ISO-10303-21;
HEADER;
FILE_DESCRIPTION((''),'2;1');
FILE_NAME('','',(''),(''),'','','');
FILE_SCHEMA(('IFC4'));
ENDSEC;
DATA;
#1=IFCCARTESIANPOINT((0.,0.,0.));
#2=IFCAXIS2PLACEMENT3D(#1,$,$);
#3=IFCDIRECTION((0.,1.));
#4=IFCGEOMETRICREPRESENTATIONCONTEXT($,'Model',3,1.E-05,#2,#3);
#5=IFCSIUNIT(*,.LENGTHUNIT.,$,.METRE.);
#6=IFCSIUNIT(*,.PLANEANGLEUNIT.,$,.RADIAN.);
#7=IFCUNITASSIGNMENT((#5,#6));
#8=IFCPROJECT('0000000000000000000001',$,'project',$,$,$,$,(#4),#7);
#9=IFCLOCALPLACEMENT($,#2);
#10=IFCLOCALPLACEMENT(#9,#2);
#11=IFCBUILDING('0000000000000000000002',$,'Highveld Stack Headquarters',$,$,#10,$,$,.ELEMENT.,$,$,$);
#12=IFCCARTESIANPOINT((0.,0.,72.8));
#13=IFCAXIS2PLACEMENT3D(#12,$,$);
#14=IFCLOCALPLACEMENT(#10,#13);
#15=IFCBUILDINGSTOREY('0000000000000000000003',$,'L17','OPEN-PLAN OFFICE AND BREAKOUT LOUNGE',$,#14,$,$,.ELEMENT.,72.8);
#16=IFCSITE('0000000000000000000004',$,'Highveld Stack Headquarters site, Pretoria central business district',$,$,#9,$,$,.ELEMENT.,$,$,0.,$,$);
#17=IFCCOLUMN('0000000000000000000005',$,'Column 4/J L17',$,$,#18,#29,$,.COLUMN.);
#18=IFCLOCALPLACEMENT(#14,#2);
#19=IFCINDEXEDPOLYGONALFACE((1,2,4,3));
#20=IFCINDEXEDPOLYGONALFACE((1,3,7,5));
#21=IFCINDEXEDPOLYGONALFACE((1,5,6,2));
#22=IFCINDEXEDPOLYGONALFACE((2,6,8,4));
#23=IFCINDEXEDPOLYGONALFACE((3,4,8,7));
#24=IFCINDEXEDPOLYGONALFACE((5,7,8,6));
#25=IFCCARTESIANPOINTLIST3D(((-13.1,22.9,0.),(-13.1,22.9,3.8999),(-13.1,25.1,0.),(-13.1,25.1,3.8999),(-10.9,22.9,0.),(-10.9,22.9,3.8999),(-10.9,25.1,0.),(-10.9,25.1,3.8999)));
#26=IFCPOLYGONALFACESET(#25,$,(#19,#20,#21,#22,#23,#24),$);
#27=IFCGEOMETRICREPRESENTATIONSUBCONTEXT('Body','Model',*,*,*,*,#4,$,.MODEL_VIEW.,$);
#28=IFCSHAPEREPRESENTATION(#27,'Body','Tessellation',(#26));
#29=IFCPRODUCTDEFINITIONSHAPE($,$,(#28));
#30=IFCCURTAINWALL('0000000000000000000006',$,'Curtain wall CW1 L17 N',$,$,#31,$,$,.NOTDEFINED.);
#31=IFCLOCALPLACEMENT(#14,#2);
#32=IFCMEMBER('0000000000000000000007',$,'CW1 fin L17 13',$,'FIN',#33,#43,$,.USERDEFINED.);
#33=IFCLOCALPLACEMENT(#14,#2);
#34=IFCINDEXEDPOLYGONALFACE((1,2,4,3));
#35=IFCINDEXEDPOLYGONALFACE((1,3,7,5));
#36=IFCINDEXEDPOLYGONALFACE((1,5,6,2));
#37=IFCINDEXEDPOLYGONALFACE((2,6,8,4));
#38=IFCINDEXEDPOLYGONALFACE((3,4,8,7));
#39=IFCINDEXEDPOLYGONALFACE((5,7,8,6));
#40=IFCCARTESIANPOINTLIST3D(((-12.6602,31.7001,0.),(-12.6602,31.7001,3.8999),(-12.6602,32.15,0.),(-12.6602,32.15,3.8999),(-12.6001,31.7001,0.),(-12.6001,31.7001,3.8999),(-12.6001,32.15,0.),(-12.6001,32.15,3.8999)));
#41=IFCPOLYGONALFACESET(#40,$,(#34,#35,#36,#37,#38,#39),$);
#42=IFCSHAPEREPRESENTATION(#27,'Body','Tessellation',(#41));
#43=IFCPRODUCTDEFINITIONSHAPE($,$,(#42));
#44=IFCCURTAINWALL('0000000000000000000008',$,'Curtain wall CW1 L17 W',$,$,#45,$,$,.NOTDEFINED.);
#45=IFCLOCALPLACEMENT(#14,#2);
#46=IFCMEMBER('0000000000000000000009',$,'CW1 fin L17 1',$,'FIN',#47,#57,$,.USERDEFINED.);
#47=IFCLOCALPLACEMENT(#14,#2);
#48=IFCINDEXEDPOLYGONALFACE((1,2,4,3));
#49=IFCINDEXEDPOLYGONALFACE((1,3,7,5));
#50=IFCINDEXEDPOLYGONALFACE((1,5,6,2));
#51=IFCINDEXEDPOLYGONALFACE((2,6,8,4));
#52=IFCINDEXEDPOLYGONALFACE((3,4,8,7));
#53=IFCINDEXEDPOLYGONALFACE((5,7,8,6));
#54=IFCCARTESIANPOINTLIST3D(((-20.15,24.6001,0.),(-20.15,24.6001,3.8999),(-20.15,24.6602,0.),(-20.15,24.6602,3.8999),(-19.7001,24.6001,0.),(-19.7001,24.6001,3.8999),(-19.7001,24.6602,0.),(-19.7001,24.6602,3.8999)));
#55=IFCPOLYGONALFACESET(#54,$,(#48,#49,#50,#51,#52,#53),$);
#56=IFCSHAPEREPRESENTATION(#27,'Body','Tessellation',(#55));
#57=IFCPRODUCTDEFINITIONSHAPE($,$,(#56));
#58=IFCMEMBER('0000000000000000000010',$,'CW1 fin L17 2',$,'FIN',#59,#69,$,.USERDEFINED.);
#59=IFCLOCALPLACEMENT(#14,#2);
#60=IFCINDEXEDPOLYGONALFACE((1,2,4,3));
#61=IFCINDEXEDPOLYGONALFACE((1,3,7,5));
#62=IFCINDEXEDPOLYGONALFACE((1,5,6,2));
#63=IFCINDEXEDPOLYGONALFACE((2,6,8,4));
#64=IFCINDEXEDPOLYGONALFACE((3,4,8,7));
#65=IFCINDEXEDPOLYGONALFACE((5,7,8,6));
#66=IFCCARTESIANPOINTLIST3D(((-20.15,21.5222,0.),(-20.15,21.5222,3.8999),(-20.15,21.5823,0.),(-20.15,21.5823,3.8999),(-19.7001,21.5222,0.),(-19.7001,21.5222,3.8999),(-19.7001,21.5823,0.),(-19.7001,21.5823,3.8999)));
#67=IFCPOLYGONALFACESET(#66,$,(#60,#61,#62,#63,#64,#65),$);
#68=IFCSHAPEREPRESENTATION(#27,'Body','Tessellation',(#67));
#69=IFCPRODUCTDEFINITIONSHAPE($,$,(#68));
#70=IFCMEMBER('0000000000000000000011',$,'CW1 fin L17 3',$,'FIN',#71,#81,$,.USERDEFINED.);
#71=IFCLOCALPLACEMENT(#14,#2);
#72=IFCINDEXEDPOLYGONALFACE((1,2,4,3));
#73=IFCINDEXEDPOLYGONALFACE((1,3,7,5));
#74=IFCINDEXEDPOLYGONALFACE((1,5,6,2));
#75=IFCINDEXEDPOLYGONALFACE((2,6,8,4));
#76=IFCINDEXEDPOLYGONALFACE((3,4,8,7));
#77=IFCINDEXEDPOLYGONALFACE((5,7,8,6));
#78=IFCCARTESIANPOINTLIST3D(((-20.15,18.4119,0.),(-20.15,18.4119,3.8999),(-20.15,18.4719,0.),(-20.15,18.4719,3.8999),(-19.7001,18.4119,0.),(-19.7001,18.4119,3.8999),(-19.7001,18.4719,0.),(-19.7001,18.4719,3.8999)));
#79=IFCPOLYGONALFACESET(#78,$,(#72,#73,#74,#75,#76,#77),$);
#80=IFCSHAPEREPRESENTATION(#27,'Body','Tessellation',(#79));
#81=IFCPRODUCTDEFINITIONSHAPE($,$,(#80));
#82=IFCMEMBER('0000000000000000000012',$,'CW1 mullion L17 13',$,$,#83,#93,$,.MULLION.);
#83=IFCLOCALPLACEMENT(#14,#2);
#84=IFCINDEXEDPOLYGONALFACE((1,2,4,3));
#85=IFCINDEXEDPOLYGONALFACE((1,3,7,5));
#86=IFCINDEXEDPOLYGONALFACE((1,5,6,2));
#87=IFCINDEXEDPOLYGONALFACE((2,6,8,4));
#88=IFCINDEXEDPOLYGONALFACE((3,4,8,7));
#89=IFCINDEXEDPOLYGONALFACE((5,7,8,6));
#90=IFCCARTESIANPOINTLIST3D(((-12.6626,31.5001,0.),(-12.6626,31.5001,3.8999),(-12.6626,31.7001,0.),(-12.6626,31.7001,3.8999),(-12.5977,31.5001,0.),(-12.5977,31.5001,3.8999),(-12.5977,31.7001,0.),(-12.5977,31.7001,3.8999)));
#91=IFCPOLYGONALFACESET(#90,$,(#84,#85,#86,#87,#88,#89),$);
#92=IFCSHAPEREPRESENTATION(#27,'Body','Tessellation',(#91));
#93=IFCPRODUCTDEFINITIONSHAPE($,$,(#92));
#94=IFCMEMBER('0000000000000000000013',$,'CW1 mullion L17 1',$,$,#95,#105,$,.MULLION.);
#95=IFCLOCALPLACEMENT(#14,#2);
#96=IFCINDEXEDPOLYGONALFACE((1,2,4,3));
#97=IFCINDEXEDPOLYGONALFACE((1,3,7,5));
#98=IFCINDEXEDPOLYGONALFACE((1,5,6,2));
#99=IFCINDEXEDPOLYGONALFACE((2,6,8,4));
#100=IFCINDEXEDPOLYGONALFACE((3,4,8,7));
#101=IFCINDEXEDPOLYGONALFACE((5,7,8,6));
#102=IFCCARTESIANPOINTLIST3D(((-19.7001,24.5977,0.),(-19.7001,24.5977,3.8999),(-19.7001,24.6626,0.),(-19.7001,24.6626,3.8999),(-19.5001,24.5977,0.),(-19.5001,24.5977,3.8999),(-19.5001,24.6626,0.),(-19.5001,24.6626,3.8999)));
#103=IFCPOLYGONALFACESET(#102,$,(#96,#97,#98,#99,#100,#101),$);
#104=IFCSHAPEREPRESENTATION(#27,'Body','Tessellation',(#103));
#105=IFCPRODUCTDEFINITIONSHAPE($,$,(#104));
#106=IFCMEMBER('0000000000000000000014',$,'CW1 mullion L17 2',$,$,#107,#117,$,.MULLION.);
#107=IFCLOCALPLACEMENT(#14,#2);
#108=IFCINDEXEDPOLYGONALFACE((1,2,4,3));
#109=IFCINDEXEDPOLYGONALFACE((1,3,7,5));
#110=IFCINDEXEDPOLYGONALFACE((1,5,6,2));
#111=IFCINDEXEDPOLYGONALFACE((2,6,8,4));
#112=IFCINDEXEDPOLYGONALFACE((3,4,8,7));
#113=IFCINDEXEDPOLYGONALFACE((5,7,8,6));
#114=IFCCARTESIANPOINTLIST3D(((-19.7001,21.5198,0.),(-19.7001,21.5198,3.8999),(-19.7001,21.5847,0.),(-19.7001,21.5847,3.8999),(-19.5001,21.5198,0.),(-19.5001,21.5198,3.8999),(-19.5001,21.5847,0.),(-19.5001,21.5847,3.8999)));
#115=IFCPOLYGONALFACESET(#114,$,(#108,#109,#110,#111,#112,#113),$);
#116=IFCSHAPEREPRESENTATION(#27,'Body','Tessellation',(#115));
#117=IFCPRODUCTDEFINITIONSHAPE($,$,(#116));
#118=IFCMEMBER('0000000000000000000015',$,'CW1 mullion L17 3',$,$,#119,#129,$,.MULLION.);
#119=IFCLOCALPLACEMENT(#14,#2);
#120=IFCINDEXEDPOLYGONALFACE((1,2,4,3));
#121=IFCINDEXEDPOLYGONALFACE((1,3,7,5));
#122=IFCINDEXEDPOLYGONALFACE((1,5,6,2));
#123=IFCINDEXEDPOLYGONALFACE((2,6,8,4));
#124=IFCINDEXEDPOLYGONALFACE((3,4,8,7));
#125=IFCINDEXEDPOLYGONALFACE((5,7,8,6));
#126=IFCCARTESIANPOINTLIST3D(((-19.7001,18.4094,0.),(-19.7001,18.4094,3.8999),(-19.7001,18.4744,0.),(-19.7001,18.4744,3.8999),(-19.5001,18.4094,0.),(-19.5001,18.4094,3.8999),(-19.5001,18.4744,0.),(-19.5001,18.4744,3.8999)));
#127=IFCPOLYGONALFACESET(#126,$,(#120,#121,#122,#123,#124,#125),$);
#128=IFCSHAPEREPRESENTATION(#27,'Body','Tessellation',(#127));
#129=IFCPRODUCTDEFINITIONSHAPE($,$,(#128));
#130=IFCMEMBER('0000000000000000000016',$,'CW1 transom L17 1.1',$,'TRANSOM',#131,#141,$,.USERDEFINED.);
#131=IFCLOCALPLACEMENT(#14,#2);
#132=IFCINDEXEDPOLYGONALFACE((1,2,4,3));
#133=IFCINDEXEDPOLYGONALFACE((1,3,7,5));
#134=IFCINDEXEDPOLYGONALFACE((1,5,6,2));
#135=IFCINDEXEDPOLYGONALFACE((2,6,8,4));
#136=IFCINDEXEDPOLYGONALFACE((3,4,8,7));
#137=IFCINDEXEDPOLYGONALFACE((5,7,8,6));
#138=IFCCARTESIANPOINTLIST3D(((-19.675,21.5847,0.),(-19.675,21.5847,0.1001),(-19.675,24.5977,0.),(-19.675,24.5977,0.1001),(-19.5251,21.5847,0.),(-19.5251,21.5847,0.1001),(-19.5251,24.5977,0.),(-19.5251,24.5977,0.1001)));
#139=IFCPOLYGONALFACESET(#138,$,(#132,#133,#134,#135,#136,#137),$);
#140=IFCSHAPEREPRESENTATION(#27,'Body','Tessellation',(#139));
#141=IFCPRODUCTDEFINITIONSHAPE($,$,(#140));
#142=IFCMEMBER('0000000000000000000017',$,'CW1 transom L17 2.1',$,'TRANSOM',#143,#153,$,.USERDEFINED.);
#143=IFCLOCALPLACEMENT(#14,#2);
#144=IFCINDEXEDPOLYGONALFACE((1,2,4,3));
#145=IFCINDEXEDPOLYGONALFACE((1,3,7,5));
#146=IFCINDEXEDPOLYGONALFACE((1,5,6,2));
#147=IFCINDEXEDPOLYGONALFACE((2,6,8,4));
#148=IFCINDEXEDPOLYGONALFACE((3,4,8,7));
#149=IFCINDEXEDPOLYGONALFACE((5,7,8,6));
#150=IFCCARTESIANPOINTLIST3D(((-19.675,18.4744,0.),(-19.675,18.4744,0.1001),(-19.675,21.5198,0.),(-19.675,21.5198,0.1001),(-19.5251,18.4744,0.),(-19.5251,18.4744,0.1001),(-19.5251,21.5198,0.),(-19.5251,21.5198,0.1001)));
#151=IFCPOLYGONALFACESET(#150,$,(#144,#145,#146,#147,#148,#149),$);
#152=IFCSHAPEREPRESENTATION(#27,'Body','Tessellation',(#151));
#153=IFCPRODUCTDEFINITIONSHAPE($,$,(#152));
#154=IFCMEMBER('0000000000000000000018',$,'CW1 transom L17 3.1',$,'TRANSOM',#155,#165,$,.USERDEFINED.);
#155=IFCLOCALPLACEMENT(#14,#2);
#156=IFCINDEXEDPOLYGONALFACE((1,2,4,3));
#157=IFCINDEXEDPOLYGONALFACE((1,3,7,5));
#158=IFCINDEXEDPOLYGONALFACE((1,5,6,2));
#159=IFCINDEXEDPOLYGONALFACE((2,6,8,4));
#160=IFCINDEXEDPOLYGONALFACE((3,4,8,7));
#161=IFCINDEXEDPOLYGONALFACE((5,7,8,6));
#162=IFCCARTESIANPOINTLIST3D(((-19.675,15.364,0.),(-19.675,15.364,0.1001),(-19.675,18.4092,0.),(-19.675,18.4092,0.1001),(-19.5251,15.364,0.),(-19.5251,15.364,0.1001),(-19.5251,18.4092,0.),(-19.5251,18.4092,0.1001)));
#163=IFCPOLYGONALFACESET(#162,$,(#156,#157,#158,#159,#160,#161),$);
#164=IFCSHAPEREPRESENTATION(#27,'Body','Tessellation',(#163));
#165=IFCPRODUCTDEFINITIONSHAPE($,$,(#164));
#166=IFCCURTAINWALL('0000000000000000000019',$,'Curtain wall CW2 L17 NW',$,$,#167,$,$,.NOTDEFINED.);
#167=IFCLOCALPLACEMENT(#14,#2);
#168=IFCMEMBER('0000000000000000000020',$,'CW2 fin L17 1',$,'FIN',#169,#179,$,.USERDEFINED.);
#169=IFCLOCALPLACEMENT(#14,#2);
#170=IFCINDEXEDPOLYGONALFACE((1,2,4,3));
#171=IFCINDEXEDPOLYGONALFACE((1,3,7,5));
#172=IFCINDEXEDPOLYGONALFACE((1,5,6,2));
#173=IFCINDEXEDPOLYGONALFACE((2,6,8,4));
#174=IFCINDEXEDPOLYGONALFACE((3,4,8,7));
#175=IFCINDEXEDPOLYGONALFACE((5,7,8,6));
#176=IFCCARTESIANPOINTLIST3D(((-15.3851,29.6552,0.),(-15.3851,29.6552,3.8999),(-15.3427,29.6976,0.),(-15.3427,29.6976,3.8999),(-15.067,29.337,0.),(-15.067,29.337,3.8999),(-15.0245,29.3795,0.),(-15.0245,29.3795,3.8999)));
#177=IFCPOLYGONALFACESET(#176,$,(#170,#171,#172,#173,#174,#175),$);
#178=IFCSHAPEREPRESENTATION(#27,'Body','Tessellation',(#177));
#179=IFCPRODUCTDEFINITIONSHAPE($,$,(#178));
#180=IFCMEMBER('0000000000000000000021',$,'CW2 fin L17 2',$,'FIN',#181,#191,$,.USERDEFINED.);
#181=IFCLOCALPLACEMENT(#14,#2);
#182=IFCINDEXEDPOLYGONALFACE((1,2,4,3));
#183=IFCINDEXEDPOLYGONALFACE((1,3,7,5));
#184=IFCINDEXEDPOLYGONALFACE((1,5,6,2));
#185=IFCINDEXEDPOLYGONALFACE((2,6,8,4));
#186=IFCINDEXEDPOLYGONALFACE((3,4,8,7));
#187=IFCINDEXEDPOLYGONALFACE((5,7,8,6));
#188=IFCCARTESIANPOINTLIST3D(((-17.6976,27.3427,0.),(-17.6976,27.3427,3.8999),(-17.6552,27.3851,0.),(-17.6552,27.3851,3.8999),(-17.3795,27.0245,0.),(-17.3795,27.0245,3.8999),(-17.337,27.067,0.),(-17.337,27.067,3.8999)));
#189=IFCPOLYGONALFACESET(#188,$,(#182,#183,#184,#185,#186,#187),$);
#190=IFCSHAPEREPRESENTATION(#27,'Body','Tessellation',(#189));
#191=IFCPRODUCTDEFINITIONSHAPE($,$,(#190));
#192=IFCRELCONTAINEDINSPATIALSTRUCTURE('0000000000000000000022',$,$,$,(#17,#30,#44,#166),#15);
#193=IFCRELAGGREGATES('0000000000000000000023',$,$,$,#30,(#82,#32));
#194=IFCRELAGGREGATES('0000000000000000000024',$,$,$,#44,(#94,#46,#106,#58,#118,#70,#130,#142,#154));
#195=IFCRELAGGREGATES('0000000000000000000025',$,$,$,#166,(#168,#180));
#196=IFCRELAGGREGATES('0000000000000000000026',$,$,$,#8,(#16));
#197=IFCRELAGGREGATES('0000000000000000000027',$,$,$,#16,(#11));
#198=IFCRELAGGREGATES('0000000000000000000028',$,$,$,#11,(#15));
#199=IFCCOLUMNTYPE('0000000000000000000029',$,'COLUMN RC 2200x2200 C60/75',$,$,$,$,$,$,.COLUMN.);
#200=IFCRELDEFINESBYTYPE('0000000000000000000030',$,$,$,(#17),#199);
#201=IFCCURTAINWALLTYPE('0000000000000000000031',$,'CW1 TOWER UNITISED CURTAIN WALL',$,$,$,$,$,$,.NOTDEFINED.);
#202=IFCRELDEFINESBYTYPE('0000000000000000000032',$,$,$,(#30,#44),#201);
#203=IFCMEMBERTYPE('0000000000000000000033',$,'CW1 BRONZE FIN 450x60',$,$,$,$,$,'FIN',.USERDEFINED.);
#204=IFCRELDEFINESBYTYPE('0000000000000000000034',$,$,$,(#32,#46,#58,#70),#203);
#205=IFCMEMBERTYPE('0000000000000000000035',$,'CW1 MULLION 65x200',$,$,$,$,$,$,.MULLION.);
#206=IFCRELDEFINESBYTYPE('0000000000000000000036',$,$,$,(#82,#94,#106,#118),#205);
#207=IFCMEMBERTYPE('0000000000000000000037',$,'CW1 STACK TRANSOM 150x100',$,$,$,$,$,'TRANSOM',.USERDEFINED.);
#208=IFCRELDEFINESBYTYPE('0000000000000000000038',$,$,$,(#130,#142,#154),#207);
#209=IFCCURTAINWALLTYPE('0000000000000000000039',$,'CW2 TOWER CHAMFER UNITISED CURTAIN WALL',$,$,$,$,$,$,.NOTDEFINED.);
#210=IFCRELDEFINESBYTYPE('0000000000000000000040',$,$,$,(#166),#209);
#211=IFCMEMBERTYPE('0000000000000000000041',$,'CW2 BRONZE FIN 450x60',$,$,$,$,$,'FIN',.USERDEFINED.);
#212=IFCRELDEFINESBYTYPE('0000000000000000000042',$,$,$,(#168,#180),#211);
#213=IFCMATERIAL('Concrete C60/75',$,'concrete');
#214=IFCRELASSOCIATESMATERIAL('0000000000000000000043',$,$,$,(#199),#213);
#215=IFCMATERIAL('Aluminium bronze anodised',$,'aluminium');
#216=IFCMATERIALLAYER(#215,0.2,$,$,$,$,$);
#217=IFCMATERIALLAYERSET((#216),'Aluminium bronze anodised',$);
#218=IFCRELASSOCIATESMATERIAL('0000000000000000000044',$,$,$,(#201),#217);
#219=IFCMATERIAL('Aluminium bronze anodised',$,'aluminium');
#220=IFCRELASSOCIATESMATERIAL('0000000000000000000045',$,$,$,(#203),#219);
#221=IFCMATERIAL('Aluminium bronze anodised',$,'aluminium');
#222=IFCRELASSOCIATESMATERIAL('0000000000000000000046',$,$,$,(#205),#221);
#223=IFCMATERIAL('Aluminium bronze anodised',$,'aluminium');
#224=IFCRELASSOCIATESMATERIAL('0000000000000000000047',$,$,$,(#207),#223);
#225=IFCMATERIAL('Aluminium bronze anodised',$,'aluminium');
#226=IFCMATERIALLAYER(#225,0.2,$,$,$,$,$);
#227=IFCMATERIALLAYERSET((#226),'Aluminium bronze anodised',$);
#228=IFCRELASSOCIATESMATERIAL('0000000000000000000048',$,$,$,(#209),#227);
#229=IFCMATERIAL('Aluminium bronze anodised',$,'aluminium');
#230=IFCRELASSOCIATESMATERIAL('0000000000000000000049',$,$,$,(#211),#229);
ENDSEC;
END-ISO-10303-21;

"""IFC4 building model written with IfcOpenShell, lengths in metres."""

from ifc_helpers import new_model, si_unit, direction, frame, origin, origin_2d, place, context, subcontext, project, spatial, rectangle, extrude, material, layer, layer_set, material_profile, profile_set, type_object, element, aggregate, save


model = new_model("IFC4")

# Units and contexts
model_context = context("Model", 3, precision=1e-05, world=origin(), true_north=direction((0.0, 1.0)))
body_context = subcontext(model_context, "Body", "Model", "MODEL_VIEW")
ifc_project = project(units=[si_unit("LENGTHUNIT", "METRE"), si_unit("PLANEANGLEUNIT", "RADIAN")], contexts=[model_context])

# Site, building, storey
site_placement = place(None, origin())
site = spatial("IfcSite", under=ifc_project, at=site_placement, Name="Highveld Stack Headquarters site, Pretoria central business district", CompositionType="ELEMENT", RefElevation=0.0)
building_placement = place(site_placement, origin())
building = spatial("IfcBuilding", under=site, at=building_placement, Name="Highveld Stack Headquarters", CompositionType="ELEMENT")
storey_placement = place(building_placement, frame((0.0, 0.0, 72.8)))
storey = spatial("IfcBuildingStorey", under=building, at=storey_placement, Name="L17", Description="OPEN-PLAN OFFICE AND BREAKOUT LOUNGE", CompositionType="ELEMENT", Elevation=72.8)

# Column
ifc_material_1 = material(Name="Concrete C60/75", Category="concrete")
ifc_material_profile_1 = material_profile(ifc_material_1, rectangle(XDim=2.2, YDim=2.2, at=origin_2d()), Name="RC 2200x2200")
ifc_profile_set_1 = profile_set([ifc_material_profile_1], Name="Concrete C60/75")
column_type = type_object("IfcColumnType", Name="COLUMN RC 2200x2200 C60/75", PredefinedType="COLUMN", material=ifc_profile_set_1)
column_placement = place(storey_placement, frame((-12.0, 24.0, 0.0), z_axis=(0.0, 0.0, 1.0), x_axis=(1.0, 0.0, 0.0)))
element("IfcColumn", 1, at=column_placement, inside=storey, type_object=column_type, Name="Column 4/J L17", PredefinedType="COLUMN", context=body_context, shape_type="SweptSolid", body=[
    extrude(rectangle(XDim=2.2, YDim=2.2, at=origin_2d()), origin(), (0.0, 0.0, 1.0), 3.8999),
])

# Curtain wall, member
ifc_material_2 = material(Name="Aluminium bronze anodised", Category="aluminium")
ifc_layer_1 = layer(ifc_material_2, 0.2)
ifc_layer_set_1 = layer_set([ifc_layer_1], Name="Aluminium bronze anodised")
curtain_wall_type_1 = type_object("IfcCurtainWallType", Name="CW1 TOWER UNITISED CURTAIN WALL", PredefinedType="NOTDEFINED", material=ifc_layer_set_1)
curtain_wall_1_placement = place(storey_placement, origin())
curtain_wall_1 = element("IfcCurtainWall", 2, at=curtain_wall_1_placement, inside=storey, type_object=curtain_wall_type_1, Name="Curtain wall CW1 L17 N", PredefinedType="NOTDEFINED")
ifc_material_3 = material(Name="Aluminium bronze anodised", Category="aluminium")
ifc_material_profile_2 = material_profile(ifc_material_3, rectangle(XDim=0.45, YDim=0.0601, at=origin_2d()), Name="FIN 450x60")
ifc_profile_set_2 = profile_set([ifc_material_profile_2], Name="Aluminium bronze anodised")
member_type_1 = type_object("IfcMemberType", Name="CW1 BRONZE FIN 450x60", ElementType="FIN", PredefinedType="USERDEFINED", material=ifc_profile_set_2)
member_1_placement = place(storey_placement, frame((-12.6301, 31.925, 0.0), z_axis=(0.0, 0.0, 1.0), x_axis=(0.0, -1.0, 0.0)))
member_1 = element("IfcMember", 3, at=member_1_placement, type_object=member_type_1, Name="CW1 fin L17 13", ObjectType="FIN", PredefinedType="USERDEFINED", context=body_context, shape_type="SweptSolid", body=[
    extrude(rectangle(XDim=0.45, YDim=0.0601, at=origin_2d()), origin(), (0.0, 0.0, 1.0), 3.8999),
])

# Curtain wall, members
curtain_wall_2_placement = place(storey_placement, origin())
curtain_wall_2 = element("IfcCurtainWall", 4, at=curtain_wall_2_placement, inside=storey, type_object=curtain_wall_type_1, Name="Curtain wall CW1 L17 W", PredefinedType="NOTDEFINED")
member_2_placement = place(storey_placement, frame((-19.925, 24.6301, 0.0), z_axis=(0.0, 0.0, 1.0), x_axis=(1.0, 0.0, 0.0)))
member_2 = element("IfcMember", 5, at=member_2_placement, type_object=member_type_1, Name="CW1 fin L17 1", ObjectType="FIN", PredefinedType="USERDEFINED", context=body_context, shape_type="SweptSolid", body=[
    extrude(rectangle(XDim=0.45, YDim=0.0601, at=origin_2d()), origin(), (0.0, 0.0, 1.0), 3.8999),
])
member_3_placement = place(storey_placement, frame((-19.925, 21.5522, 0.0), z_axis=(0.0, 0.0, 1.0), x_axis=(1.0, 0.0, 0.0)))
member_3 = element("IfcMember", 6, at=member_3_placement, type_object=member_type_1, Name="CW1 fin L17 2", ObjectType="FIN", PredefinedType="USERDEFINED", context=body_context, shape_type="SweptSolid", body=[
    extrude(rectangle(XDim=0.45, YDim=0.0601, at=origin_2d()), origin(), (0.0, 0.0, 1.0), 3.8999),
])
member_4_placement = place(storey_placement, frame((-19.925, 18.4419, 0.0), z_axis=(0.0, 0.0, 1.0), x_axis=(1.0, 0.0, 0.0)))
member_4 = element("IfcMember", 7, at=member_4_placement, type_object=member_type_1, Name="CW1 fin L17 3", ObjectType="FIN", PredefinedType="USERDEFINED", context=body_context, shape_type="SweptSolid", body=[
    extrude(rectangle(XDim=0.45, YDim=0.0601, at=origin_2d()), origin(), (0.0, 0.0, 1.0), 3.8999),
])

# Members
ifc_material_4 = material(Name="Aluminium bronze anodised", Category="aluminium")
ifc_material_profile_3 = material_profile(ifc_material_4, rectangle(XDim=0.2, YDim=0.0649, at=origin_2d()), Name="CW1 MULLION 65x200")
ifc_profile_set_3 = profile_set([ifc_material_profile_3], Name="Aluminium bronze anodised")
member_type_2 = type_object("IfcMemberType", Name="CW1 MULLION 65x200", PredefinedType="MULLION", material=ifc_profile_set_3)
member_5_placement = place(storey_placement, frame((-12.6301, 31.6001, 0.0), z_axis=(0.0, 0.0, 1.0), x_axis=(0.0, -1.0, 0.0)))
member_5 = element("IfcMember", 8, at=member_5_placement, type_object=member_type_2, Name="CW1 mullion L17 13", PredefinedType="MULLION", context=body_context, shape_type="SweptSolid", body=[
    extrude(rectangle(XDim=0.2, YDim=0.0649, at=origin_2d()), origin(), (0.0, 0.0, 1.0), 3.8999),
])
aggregate(curtain_wall_1, [member_5, member_1])
member_6_placement = place(storey_placement, frame((-19.6001, 24.6301, 0.0), z_axis=(0.0, 0.0, 1.0), x_axis=(1.0, 0.0, 0.0)))
member_6 = element("IfcMember", 9, at=member_6_placement, type_object=member_type_2, Name="CW1 mullion L17 1", PredefinedType="MULLION", context=body_context, shape_type="SweptSolid", body=[
    extrude(rectangle(XDim=0.2, YDim=0.0649, at=origin_2d()), origin(), (0.0, 0.0, 1.0), 3.8999),
])
member_7_placement = place(storey_placement, frame((-19.6001, 21.5522, 0.0), z_axis=(0.0, 0.0, 1.0), x_axis=(1.0, 0.0, 0.0)))
member_7 = element("IfcMember", 10, at=member_7_placement, type_object=member_type_2, Name="CW1 mullion L17 2", PredefinedType="MULLION", context=body_context, shape_type="SweptSolid", body=[
    extrude(rectangle(XDim=0.2, YDim=0.0649, at=origin_2d()), origin(), (0.0, 0.0, 1.0), 3.8999),
])
member_8_placement = place(storey_placement, frame((-19.6001, 18.4419, 0.0), z_axis=(0.0, 0.0, 1.0), x_axis=(1.0, 0.0, 0.0)))
member_8 = element("IfcMember", 11, at=member_8_placement, type_object=member_type_2, Name="CW1 mullion L17 3", PredefinedType="MULLION", context=body_context, shape_type="SweptSolid", body=[
    extrude(rectangle(XDim=0.2, YDim=0.0649, at=origin_2d()), origin(), (0.0, 0.0, 1.0), 3.8999),
])
ifc_material_5 = material(Name="Aluminium bronze anodised", Category="aluminium")
ifc_material_profile_4 = material_profile(ifc_material_5, rectangle(XDim=0.1499, YDim=0.1001, at=origin_2d()), Name="CW1 TRANSOM 150x100")
ifc_profile_set_4 = profile_set([ifc_material_profile_4], Name="Aluminium bronze anodised")
member_type_3 = type_object("IfcMemberType", Name="CW1 STACK TRANSOM 150x100", ElementType="TRANSOM", PredefinedType="USERDEFINED", material=ifc_profile_set_4)
member_9_placement = place(storey_placement, frame((-19.6001, 24.5977, 0.05), z_axis=(0.0, -1.0, 0.0), x_axis=(1.0, 0.0, 0.0)))
member_9 = element("IfcMember", 12, at=member_9_placement, type_object=member_type_3, Name="CW1 transom L17 1.1", ObjectType="TRANSOM", PredefinedType="USERDEFINED", context=body_context, shape_type="SweptSolid", body=[
    extrude(rectangle(XDim=0.1499, YDim=0.1001, at=origin_2d()), origin(), (0.0, 0.0, 1.0), 3.0129),
])
member_10_placement = place(storey_placement, frame((-19.6001, 21.5198, 0.05), z_axis=(0.0, -1.0, 0.0), x_axis=(1.0, 0.0, 0.0)))
member_10 = element("IfcMember", 13, at=member_10_placement, type_object=member_type_3, Name="CW1 transom L17 2.1", ObjectType="TRANSOM", PredefinedType="USERDEFINED", context=body_context, shape_type="SweptSolid", body=[
    extrude(rectangle(XDim=0.1499, YDim=0.1001, at=origin_2d()), origin(), (0.0, 0.0, 1.0), 3.0454),
])
member_11_placement = place(storey_placement, frame((-19.6001, 18.4092, 0.05), z_axis=(0.0, -1.0, 0.0), x_axis=(1.0, 0.0, 0.0)))
member_11 = element("IfcMember", 14, at=member_11_placement, type_object=member_type_3, Name="CW1 transom L17 3.1", ObjectType="TRANSOM", PredefinedType="USERDEFINED", context=body_context, shape_type="SweptSolid", body=[
    extrude(rectangle(XDim=0.1499, YDim=0.1001, at=origin_2d()), origin(), (0.0, 0.0, 1.0), 3.0452),
])

# Curtain wall, members
ifc_material_6 = material(Name="Aluminium bronze anodised", Category="aluminium")
ifc_layer_2 = layer(ifc_material_6, 0.2)
ifc_layer_set_2 = layer_set([ifc_layer_2], Name="Aluminium bronze anodised")
curtain_wall_type_2 = type_object("IfcCurtainWallType", Name="CW2 TOWER CHAMFER UNITISED CURTAIN WALL", PredefinedType="NOTDEFINED", material=ifc_layer_set_2)
curtain_wall_3_placement = place(storey_placement, origin())
curtain_wall_3 = element("IfcCurtainWall", 15, at=curtain_wall_3_placement, inside=storey, type_object=curtain_wall_type_2, Name="Curtain wall CW2 L17 NW", PredefinedType="NOTDEFINED")
ifc_material_7 = material(Name="Aluminium bronze anodised", Category="aluminium")
ifc_material_profile_5 = material_profile(ifc_material_7, rectangle(XDim=0.45, YDim=0.0601, at=origin_2d()), Name="FIN 450x60")
ifc_profile_set_5 = profile_set([ifc_material_profile_5], Name="Aluminium bronze anodised")
member_type_4 = type_object("IfcMemberType", Name="CW2 BRONZE FIN 450x60", ElementType="FIN", PredefinedType="USERDEFINED", material=ifc_profile_set_5)
member_12_placement = place(storey_placement, frame((-15.2048, 29.5173, 0.0), z_axis=(0.0, 0.0, 1.0), x_axis=(0.707107, -0.707107, 0.0)))
member_12 = element("IfcMember", 16, at=member_12_placement, type_object=member_type_4, Name="CW2 fin L17 1", ObjectType="FIN", PredefinedType="USERDEFINED", context=body_context, shape_type="SweptSolid", body=[
    extrude(rectangle(XDim=0.45, YDim=0.0601, at=origin_2d()), origin(), (0.0, 0.0, 1.0), 3.8999),
])
member_13_placement = place(storey_placement, frame((-17.5173, 27.2048, 0.0), z_axis=(0.0, 0.0, 1.0), x_axis=(0.707107, -0.707107, 0.0)))
member_13 = element("IfcMember", 17, at=member_13_placement, type_object=member_type_4, Name="CW2 fin L17 2", ObjectType="FIN", PredefinedType="USERDEFINED", context=body_context, shape_type="SweptSolid", body=[
    extrude(rectangle(XDim=0.45, YDim=0.0601, at=origin_2d()), origin(), (0.0, 0.0, 1.0), 3.8999),
])

aggregate(curtain_wall_2, [member_6, member_2, member_7, member_3, member_8, member_4, member_9, member_10, member_11])
aggregate(curtain_wall_3, [member_12, member_13])

save(model, "model.ifc")
